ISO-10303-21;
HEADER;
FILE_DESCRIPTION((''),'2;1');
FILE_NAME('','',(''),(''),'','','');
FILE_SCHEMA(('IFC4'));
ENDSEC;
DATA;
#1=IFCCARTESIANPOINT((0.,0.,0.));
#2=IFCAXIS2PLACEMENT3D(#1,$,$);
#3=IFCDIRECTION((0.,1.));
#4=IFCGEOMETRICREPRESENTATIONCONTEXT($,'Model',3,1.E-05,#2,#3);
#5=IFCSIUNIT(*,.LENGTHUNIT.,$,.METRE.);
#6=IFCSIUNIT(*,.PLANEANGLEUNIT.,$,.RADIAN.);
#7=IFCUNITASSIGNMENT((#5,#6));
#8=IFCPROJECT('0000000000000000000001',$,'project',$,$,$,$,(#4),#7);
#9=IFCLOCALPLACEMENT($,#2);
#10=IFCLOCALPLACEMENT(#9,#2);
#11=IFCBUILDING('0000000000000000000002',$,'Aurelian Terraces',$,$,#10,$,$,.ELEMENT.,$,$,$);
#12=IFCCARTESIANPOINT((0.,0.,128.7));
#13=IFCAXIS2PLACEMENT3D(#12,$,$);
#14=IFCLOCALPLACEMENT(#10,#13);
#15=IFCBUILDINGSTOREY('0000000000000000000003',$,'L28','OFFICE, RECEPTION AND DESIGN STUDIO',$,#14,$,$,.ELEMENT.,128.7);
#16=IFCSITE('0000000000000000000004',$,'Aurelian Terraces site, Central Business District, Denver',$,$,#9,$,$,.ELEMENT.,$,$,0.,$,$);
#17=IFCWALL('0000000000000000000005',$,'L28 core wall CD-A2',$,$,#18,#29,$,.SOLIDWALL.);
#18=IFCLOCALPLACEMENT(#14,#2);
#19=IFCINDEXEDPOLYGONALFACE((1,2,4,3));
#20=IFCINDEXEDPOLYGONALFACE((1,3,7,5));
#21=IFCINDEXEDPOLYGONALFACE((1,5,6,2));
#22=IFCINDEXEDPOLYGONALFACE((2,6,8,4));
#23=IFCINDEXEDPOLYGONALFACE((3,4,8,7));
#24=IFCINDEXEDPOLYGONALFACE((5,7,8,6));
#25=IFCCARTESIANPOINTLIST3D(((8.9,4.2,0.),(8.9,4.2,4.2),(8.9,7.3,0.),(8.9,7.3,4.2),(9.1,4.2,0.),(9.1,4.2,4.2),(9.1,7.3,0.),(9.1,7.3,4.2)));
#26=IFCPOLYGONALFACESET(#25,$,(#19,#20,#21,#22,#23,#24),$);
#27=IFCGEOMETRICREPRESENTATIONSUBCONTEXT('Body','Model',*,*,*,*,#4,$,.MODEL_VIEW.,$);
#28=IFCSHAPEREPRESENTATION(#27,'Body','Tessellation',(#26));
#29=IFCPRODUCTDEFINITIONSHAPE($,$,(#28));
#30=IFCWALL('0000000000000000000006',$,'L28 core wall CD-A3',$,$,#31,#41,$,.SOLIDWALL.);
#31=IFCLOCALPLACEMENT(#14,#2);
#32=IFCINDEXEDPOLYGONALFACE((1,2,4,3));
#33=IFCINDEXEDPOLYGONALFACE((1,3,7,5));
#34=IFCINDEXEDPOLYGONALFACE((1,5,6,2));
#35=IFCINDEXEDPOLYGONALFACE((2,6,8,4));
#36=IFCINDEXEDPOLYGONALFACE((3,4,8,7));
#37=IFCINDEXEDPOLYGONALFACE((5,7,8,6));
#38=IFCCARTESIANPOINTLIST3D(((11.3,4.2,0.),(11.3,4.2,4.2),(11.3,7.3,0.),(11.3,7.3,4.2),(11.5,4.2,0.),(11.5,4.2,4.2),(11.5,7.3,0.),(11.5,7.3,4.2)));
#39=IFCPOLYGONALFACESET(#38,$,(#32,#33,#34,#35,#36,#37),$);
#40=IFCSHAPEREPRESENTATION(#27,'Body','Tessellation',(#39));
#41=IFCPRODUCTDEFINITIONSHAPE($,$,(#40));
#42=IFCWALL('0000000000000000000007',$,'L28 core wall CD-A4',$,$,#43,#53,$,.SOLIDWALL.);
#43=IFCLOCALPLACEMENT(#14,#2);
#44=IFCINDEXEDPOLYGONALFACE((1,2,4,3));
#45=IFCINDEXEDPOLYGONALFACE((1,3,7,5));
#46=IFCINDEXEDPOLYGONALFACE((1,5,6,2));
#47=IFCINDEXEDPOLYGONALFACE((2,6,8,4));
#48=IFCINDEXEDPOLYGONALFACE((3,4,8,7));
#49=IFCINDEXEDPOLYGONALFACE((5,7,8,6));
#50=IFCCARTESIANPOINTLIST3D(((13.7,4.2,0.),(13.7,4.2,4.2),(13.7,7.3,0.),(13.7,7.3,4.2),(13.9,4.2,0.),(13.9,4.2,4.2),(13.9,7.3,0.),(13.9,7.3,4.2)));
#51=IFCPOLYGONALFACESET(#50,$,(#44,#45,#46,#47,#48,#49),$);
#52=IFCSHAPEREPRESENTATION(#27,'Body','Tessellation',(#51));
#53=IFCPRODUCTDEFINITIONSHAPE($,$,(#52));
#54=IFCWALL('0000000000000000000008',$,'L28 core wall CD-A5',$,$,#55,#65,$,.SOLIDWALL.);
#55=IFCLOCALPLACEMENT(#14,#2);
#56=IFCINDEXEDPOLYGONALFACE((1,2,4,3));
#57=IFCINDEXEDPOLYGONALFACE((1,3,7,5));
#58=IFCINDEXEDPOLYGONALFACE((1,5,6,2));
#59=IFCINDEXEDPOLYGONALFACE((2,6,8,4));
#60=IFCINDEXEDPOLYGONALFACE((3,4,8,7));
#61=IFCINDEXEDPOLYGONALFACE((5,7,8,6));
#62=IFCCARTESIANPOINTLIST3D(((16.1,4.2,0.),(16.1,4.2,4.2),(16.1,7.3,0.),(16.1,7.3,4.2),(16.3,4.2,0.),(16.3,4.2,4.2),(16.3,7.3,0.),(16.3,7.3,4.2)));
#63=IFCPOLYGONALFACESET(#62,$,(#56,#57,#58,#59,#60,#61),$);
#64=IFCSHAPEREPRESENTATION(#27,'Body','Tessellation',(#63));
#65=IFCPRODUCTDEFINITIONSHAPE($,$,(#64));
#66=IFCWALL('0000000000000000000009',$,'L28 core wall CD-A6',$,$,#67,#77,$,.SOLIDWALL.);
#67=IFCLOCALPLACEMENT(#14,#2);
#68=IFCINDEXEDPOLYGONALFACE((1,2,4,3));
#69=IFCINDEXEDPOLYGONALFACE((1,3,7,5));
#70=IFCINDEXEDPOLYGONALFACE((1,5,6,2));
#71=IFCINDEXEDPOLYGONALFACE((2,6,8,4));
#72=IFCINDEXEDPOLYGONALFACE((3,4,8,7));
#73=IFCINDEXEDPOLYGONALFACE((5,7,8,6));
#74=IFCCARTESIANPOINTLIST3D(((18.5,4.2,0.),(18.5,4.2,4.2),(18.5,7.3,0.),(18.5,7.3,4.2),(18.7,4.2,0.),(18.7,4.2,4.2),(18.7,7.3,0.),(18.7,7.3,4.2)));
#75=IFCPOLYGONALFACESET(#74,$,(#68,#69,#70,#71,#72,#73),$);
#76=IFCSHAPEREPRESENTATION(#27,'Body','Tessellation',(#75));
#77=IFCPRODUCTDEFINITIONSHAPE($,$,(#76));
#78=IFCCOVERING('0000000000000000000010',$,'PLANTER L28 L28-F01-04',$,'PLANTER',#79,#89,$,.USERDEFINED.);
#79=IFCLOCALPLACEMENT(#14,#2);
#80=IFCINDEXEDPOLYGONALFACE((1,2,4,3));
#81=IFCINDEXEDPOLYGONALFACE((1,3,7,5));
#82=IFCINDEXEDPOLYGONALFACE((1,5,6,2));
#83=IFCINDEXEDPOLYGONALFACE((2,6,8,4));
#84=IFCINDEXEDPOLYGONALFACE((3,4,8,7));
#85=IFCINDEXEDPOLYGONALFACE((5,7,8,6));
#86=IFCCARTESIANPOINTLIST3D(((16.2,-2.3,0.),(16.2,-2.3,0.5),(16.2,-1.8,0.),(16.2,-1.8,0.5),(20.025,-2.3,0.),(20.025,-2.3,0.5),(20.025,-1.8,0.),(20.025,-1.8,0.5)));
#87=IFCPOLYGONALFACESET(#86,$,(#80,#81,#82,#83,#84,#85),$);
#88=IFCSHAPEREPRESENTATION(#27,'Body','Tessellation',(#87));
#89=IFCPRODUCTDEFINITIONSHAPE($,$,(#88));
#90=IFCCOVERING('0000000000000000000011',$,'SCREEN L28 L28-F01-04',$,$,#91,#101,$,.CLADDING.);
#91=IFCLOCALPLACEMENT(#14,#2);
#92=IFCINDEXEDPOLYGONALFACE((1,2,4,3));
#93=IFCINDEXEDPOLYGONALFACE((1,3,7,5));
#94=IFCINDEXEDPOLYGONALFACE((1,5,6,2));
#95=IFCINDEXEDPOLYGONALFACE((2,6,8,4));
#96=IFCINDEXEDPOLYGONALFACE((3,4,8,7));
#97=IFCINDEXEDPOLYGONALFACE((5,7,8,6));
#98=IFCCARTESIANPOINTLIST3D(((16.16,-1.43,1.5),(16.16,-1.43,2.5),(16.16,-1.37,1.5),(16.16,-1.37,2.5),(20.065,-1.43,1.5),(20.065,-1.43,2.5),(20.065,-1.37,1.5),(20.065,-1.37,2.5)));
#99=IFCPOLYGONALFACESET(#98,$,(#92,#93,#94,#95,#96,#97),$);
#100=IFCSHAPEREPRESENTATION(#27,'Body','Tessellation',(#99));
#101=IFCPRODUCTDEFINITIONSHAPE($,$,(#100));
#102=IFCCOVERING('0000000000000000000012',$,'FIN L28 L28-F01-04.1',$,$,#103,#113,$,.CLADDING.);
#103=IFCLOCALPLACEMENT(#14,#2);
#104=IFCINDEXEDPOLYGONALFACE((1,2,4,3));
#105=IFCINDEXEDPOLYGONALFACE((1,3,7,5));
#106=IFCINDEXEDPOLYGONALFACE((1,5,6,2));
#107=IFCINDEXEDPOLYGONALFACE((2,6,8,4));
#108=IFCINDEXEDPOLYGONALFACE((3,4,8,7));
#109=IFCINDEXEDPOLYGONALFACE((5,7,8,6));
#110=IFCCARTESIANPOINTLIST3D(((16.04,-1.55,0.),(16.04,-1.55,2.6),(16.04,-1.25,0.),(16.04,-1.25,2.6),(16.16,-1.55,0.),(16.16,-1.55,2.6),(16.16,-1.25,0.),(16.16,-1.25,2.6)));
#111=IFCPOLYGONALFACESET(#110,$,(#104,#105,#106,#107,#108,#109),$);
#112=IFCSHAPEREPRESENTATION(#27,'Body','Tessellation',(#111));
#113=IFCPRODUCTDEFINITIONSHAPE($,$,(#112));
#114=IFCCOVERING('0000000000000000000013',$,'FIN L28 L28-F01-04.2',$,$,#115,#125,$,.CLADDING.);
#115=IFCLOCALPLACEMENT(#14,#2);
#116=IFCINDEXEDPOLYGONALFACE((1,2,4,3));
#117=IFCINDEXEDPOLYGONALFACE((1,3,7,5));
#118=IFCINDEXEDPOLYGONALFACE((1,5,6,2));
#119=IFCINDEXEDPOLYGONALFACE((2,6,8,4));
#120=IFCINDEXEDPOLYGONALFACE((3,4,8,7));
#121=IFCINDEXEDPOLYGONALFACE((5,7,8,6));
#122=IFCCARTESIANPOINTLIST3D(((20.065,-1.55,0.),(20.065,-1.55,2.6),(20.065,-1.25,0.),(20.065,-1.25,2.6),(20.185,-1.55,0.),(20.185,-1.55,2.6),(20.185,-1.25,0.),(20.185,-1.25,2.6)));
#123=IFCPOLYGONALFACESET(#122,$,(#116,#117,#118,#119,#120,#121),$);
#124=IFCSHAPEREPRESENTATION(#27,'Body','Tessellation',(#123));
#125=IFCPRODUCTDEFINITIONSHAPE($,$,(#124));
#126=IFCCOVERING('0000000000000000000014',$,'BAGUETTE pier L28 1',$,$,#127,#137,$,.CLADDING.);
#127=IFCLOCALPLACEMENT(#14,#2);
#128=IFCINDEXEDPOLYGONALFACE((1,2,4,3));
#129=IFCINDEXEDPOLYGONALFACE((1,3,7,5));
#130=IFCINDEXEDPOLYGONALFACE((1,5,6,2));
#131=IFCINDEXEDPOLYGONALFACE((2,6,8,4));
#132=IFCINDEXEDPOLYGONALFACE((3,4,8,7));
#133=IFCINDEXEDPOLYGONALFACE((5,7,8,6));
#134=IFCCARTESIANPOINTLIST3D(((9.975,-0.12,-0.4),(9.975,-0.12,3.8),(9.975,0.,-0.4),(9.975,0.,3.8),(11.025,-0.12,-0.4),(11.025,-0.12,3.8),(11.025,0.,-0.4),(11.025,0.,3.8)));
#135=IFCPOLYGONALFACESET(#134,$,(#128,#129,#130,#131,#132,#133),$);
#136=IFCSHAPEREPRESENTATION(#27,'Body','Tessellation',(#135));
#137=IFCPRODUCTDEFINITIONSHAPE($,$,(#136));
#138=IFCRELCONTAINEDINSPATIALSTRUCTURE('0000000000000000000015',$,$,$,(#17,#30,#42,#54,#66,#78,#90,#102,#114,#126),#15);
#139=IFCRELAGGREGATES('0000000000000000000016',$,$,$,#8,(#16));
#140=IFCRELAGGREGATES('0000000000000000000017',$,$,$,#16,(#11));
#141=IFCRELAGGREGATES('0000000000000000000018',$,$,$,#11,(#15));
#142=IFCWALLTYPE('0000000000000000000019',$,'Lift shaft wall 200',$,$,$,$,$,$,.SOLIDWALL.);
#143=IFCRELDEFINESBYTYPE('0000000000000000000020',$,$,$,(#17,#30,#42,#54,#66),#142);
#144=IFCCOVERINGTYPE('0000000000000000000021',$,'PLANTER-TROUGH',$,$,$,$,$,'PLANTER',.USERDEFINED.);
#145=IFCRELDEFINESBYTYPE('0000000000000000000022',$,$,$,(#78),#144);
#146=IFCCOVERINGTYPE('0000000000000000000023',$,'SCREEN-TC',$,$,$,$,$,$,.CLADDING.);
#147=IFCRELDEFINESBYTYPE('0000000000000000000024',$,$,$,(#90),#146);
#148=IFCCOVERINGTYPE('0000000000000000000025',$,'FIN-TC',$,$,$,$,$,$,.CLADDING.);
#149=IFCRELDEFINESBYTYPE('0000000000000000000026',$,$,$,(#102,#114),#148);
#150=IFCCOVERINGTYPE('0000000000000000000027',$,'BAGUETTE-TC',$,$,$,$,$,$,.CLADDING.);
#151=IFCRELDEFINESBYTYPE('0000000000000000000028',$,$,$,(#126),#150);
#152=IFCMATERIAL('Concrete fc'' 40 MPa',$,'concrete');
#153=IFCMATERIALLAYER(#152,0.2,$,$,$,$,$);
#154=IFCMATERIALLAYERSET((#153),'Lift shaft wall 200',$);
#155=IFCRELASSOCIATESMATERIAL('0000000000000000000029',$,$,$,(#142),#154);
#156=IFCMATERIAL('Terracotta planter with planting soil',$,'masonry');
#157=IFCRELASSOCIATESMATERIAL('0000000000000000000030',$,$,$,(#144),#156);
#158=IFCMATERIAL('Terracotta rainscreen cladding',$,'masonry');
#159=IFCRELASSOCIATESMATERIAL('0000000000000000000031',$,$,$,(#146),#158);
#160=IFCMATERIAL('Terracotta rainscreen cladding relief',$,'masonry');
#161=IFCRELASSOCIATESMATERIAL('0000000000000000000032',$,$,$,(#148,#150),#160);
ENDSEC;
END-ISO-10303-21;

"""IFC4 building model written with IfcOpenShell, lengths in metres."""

from ifc_helpers import new_model, si_unit, direction, frame, frame_2d, origin, origin_2d, place, context, subcontext, project, spatial, rectangle, extrude, source, transform, mapped, material, layer, layer_set, type_object, element, save


model = new_model("IFC4")

# Units and contexts
model_context = context("Model", 3, precision=1e-05, world=origin(), true_north=direction((0.0, 1.0)))
body_context = subcontext(model_context, "Body", "Model", "MODEL_VIEW")
ifc_project = project(units=[si_unit("LENGTHUNIT", "METRE"), si_unit("PLANEANGLEUNIT", "RADIAN")], contexts=[model_context])

# Site, building, storey
site_placement = place(None, origin())
site = spatial("IfcSite", under=ifc_project, at=site_placement, Name="Aurelian Terraces site, Central Business District, Denver", CompositionType="ELEMENT", RefElevation=0.0)
building_placement = place(site_placement, origin())
building = spatial("IfcBuilding", under=site, at=building_placement, Name="Aurelian Terraces", CompositionType="ELEMENT")
storey_placement = place(building_placement, frame((0.0, 0.0, 128.7)))
storey = spatial("IfcBuildingStorey", under=building, at=storey_placement, Name="L28", Description="OFFICE, RECEPTION AND DESIGN STUDIO", CompositionType="ELEMENT", Elevation=128.7)

# Shared definitions
ifc_material_1 = material(Name="Terracotta rainscreen cladding", Category="masonry")

# Walls
ifc_material_2 = material(Name="Concrete fc' 40 MPa", Category="concrete")
ifc_layer_1 = layer(ifc_material_2, 0.2)
ifc_layer_set_1 = layer_set([ifc_layer_1], Name="Lift shaft wall 200")
wall_type_1 = type_object("IfcWallType", Name="Lift shaft wall 200", PredefinedType="SOLIDWALL", material=ifc_layer_set_1)
shared_shape_1 = source(origin(), body_context, "Body", "SweptSolid", [
    extrude(rectangle(XDim=3.1, YDim=0.2, at=frame_2d((1.55, 0.0))), origin(), (0.0, 0.0, 1.0), 4.2),
])
for number, where, z_axis, x_axis, name in (
    (1, (9.0, 4.2, 0.0), (0.0, 0.0, 1.0), (0.0, 1.0, 0.0), "L28 core wall CD-A2"),
    (2, (11.4, 4.2, 0.0), (0.0, 0.0, 1.0), (0.0, 1.0, 0.0), "L28 core wall CD-A3"),
    (3, (13.8, 4.2, 0.0), (0.0, 0.0, 1.0), (0.0, 1.0, 0.0), "L28 core wall CD-A4"),
    (4, (16.2, 4.2, 0.0), (0.0, 0.0, 1.0), (0.0, 1.0, 0.0), "L28 core wall CD-A5"),
    (5, (18.6, 4.2, 0.0), (0.0, 0.0, 1.0), (0.0, 1.0, 0.0), "L28 core wall CD-A6"),
):
    element("IfcWall", number, at=place(storey_placement, frame(where, z_axis=z_axis, x_axis=x_axis)), inside=storey, type_object=wall_type_1, Name=name, PredefinedType="SOLIDWALL", context=body_context, shape_type="MappedRepresentation", body=[
        mapped(shared_shape_1, transform((0.0, 0.0, 0.0), scale=1.0)),
    ])

# Coverings
ifc_material_3 = material(Name="Terracotta planter with planting soil", Category="masonry")
covering_type_1 = type_object("IfcCoveringType", Name="PLANTER-TROUGH", ElementType="PLANTER", PredefinedType="USERDEFINED", material=ifc_material_3)
covering_1_placement = place(storey_placement, frame((18.1125, -2.05, 0.0), z_axis=(0.0, 0.0, 1.0), x_axis=(1.0, 0.0, 0.0)))
element("IfcCovering", 6, at=covering_1_placement, inside=storey, type_object=covering_type_1, Name="PLANTER L28 L28-F01-04", ObjectType="PLANTER", PredefinedType="USERDEFINED", context=body_context, shape_type="SweptSolid", body=[
    extrude(rectangle(XDim=3.825, YDim=0.5, at=origin_2d()), origin(), (0.0, 0.0, 1.0), 0.5),
])
covering_type_2 = type_object("IfcCoveringType", Name="SCREEN-TC", PredefinedType="CLADDING", material=ifc_material_1)
covering_2_placement = place(storey_placement, frame((18.1125, -1.4, 1.5), z_axis=(0.0, 0.0, 1.0), x_axis=(1.0, 0.0, 0.0)))
element("IfcCovering", 7, at=covering_2_placement, inside=storey, type_object=covering_type_2, Name="SCREEN L28 L28-F01-04", PredefinedType="CLADDING", context=body_context, shape_type="SweptSolid", body=[
    extrude(rectangle(XDim=3.905, YDim=0.06, at=origin_2d()), origin(), (0.0, 0.0, 1.0), 1.0),
])
ifc_material_4 = material(Name="Terracotta rainscreen cladding relief", Category="masonry")
covering_type_3 = type_object("IfcCoveringType", Name="FIN-TC", PredefinedType="CLADDING", material=ifc_material_4)
shared_shape_2 = source(origin(), body_context, "Body", "SweptSolid", [
    extrude(rectangle(XDim=0.12, YDim=0.3, at=origin_2d()), origin(), (0.0, 0.0, 1.0), 2.6),
])
for number, where, z_axis, x_axis, name in (
    (8, (16.1, -1.4, 0.0), (0.0, 0.0, 1.0), (1.0, 0.0, 0.0), "FIN L28 L28-F01-04.1"),
    (9, (20.125, -1.4, 0.0), (0.0, 0.0, 1.0), (1.0, 0.0, 0.0), "FIN L28 L28-F01-04.2"),
):
    element("IfcCovering", number, at=place(storey_placement, frame(where, z_axis=z_axis, x_axis=x_axis)), inside=storey, type_object=covering_type_3, Name=name, PredefinedType="CLADDING", context=body_context, shape_type="MappedRepresentation", body=[
        mapped(shared_shape_2, transform((0.0, 0.0, 0.0), scale=1.0)),
    ])
covering_type_4 = type_object("IfcCoveringType", Name="BAGUETTE-TC", PredefinedType="CLADDING", material=ifc_material_4)
shared_shape_3 = source(origin(), body_context, "Body", "SweptSolid", [
    extrude(rectangle(XDim=1.05, YDim=0.12, at=origin_2d()), origin(), (0.0, 0.0, 1.0), 4.2),
])
covering_3_placement = place(storey_placement, frame((10.5, -0.06, -0.4), z_axis=(0.0, 0.0, 1.0), x_axis=(1.0, 0.0, 0.0)))
element("IfcCovering", 10, at=covering_3_placement, inside=storey, type_object=covering_type_4, Name="BAGUETTE pier L28 1", PredefinedType="CLADDING", context=body_context, shape_type="MappedRepresentation", body=[
    mapped(shared_shape_3, transform((0.0, 0.0, 0.0), scale=1.0)),
])

save(model, "model.ifc")
